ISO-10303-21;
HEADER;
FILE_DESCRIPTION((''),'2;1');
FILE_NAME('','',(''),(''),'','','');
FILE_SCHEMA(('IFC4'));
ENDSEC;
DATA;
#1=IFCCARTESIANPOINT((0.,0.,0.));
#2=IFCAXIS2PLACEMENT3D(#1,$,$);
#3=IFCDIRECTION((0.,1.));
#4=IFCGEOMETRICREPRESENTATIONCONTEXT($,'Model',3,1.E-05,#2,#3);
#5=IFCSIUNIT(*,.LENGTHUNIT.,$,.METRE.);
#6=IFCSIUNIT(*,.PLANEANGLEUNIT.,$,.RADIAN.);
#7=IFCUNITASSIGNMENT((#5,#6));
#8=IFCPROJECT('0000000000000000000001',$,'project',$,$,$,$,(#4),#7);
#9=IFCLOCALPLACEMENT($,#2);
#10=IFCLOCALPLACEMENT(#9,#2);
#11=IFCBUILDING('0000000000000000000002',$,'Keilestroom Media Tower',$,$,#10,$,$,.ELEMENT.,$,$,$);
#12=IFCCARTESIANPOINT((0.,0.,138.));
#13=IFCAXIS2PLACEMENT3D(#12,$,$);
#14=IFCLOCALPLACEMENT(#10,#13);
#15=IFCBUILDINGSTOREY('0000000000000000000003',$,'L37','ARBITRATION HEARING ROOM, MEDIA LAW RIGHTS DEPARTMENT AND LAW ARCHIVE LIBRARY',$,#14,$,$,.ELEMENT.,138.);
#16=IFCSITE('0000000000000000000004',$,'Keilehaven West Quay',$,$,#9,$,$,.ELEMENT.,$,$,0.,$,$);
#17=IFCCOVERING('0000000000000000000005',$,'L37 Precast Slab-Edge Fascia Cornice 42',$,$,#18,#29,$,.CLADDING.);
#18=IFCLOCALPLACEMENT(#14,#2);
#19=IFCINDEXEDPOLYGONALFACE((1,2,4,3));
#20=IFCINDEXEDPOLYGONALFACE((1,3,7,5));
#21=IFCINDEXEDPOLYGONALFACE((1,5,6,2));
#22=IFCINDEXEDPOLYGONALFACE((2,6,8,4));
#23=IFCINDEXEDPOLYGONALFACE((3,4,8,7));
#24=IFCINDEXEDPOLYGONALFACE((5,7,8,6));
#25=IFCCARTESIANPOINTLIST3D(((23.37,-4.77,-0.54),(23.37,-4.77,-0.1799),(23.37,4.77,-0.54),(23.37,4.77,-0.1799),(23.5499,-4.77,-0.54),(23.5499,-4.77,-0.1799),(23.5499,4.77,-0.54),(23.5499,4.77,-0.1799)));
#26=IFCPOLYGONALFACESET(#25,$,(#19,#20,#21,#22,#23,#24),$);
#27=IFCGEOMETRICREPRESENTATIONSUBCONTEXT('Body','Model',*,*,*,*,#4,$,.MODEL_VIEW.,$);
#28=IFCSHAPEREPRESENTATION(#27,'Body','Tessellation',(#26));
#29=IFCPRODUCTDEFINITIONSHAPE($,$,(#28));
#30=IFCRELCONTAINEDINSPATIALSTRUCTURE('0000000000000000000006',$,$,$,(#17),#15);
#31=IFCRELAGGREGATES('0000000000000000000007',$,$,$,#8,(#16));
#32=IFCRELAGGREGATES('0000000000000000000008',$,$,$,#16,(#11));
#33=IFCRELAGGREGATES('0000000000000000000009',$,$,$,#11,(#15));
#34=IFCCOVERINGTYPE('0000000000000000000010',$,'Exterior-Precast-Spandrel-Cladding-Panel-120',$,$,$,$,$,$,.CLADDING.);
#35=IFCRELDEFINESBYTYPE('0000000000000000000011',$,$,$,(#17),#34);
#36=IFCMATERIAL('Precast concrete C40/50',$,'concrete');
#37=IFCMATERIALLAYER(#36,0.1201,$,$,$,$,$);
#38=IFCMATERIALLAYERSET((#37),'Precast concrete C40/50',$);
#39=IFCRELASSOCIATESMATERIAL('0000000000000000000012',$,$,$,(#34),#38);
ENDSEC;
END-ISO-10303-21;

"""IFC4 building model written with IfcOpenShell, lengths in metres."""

from ifc_helpers import new_model, si_unit, direction, frame, origin, origin_2d, place, context, subcontext, project, spatial, rectangle, extrude, source, transform, mapped, material, layer, layer_set, type_object, element, save


model = new_model("IFC4")

# Units and contexts
model_context = context("Model", 3, precision=1e-05, world=origin(), true_north=direction((0.0, 1.0)))
body_context = subcontext(model_context, "Body", "Model", "MODEL_VIEW")
ifc_project = project(units=[si_unit("LENGTHUNIT", "METRE"), si_unit("PLANEANGLEUNIT", "RADIAN")], contexts=[model_context])

# Site, building, storey
site_placement = place(None, origin())
site = spatial("IfcSite", under=ifc_project, at=site_placement, Name="Keilehaven West Quay", CompositionType="ELEMENT", RefElevation=0.0)
building_placement = place(site_placement, origin())
building = spatial("IfcBuilding", under=site, at=building_placement, Name="Keilestroom Media Tower", CompositionType="ELEMENT")
storey_placement = place(building_placement, frame((0.0, 0.0, 138.0)))
storey = spatial("IfcBuildingStorey", under=building, at=storey_placement, Name="L37", Description="ARBITRATION HEARING ROOM, MEDIA LAW RIGHTS DEPARTMENT AND LAW ARCHIVE LIBRARY", CompositionType="ELEMENT", Elevation=138.0)

# Shared definitions
ifc_material_1 = material(Name="Precast concrete C40/50", Category="concrete")

# Covering
ifc_layer_1 = layer(ifc_material_1, 0.1201)
ifc_layer_set_1 = layer_set([ifc_layer_1], Name="Precast concrete C40/50")
covering_type = type_object("IfcCoveringType", Name="Exterior-Precast-Spandrel-Cladding-Panel-120", PredefinedType="CLADDING", material=ifc_layer_set_1)
shared_shape_1 = source(origin(), body_context, "Body", "SweptSolid", [
    extrude(rectangle(XDim=9.54, YDim=0.1799, at=origin_2d()), origin(), (0.0, 0.0, 1.0), 0.3601),
])
covering_placement = place(storey_placement, frame((23.46, 0.0, -0.54), z_axis=(0.0, 0.0, 1.0), x_axis=(0.0, -1.0, 0.0)))
element("IfcCovering", 1, at=covering_placement, inside=storey, type_object=covering_type, Name="L37 Precast Slab-Edge Fascia Cornice 42", PredefinedType="CLADDING", context=body_context, shape_type="MappedRepresentation", body=[
    mapped(shared_shape_1, transform((0.0, 0.0, 0.0), x_axis=(1.0, 0.0, 0.0), y_axis=(0.0, 1.0, 0.0), z_axis=(0.0, 0.0, 1.0), scale=1.0)),
])

save(model, "model.ifc")
